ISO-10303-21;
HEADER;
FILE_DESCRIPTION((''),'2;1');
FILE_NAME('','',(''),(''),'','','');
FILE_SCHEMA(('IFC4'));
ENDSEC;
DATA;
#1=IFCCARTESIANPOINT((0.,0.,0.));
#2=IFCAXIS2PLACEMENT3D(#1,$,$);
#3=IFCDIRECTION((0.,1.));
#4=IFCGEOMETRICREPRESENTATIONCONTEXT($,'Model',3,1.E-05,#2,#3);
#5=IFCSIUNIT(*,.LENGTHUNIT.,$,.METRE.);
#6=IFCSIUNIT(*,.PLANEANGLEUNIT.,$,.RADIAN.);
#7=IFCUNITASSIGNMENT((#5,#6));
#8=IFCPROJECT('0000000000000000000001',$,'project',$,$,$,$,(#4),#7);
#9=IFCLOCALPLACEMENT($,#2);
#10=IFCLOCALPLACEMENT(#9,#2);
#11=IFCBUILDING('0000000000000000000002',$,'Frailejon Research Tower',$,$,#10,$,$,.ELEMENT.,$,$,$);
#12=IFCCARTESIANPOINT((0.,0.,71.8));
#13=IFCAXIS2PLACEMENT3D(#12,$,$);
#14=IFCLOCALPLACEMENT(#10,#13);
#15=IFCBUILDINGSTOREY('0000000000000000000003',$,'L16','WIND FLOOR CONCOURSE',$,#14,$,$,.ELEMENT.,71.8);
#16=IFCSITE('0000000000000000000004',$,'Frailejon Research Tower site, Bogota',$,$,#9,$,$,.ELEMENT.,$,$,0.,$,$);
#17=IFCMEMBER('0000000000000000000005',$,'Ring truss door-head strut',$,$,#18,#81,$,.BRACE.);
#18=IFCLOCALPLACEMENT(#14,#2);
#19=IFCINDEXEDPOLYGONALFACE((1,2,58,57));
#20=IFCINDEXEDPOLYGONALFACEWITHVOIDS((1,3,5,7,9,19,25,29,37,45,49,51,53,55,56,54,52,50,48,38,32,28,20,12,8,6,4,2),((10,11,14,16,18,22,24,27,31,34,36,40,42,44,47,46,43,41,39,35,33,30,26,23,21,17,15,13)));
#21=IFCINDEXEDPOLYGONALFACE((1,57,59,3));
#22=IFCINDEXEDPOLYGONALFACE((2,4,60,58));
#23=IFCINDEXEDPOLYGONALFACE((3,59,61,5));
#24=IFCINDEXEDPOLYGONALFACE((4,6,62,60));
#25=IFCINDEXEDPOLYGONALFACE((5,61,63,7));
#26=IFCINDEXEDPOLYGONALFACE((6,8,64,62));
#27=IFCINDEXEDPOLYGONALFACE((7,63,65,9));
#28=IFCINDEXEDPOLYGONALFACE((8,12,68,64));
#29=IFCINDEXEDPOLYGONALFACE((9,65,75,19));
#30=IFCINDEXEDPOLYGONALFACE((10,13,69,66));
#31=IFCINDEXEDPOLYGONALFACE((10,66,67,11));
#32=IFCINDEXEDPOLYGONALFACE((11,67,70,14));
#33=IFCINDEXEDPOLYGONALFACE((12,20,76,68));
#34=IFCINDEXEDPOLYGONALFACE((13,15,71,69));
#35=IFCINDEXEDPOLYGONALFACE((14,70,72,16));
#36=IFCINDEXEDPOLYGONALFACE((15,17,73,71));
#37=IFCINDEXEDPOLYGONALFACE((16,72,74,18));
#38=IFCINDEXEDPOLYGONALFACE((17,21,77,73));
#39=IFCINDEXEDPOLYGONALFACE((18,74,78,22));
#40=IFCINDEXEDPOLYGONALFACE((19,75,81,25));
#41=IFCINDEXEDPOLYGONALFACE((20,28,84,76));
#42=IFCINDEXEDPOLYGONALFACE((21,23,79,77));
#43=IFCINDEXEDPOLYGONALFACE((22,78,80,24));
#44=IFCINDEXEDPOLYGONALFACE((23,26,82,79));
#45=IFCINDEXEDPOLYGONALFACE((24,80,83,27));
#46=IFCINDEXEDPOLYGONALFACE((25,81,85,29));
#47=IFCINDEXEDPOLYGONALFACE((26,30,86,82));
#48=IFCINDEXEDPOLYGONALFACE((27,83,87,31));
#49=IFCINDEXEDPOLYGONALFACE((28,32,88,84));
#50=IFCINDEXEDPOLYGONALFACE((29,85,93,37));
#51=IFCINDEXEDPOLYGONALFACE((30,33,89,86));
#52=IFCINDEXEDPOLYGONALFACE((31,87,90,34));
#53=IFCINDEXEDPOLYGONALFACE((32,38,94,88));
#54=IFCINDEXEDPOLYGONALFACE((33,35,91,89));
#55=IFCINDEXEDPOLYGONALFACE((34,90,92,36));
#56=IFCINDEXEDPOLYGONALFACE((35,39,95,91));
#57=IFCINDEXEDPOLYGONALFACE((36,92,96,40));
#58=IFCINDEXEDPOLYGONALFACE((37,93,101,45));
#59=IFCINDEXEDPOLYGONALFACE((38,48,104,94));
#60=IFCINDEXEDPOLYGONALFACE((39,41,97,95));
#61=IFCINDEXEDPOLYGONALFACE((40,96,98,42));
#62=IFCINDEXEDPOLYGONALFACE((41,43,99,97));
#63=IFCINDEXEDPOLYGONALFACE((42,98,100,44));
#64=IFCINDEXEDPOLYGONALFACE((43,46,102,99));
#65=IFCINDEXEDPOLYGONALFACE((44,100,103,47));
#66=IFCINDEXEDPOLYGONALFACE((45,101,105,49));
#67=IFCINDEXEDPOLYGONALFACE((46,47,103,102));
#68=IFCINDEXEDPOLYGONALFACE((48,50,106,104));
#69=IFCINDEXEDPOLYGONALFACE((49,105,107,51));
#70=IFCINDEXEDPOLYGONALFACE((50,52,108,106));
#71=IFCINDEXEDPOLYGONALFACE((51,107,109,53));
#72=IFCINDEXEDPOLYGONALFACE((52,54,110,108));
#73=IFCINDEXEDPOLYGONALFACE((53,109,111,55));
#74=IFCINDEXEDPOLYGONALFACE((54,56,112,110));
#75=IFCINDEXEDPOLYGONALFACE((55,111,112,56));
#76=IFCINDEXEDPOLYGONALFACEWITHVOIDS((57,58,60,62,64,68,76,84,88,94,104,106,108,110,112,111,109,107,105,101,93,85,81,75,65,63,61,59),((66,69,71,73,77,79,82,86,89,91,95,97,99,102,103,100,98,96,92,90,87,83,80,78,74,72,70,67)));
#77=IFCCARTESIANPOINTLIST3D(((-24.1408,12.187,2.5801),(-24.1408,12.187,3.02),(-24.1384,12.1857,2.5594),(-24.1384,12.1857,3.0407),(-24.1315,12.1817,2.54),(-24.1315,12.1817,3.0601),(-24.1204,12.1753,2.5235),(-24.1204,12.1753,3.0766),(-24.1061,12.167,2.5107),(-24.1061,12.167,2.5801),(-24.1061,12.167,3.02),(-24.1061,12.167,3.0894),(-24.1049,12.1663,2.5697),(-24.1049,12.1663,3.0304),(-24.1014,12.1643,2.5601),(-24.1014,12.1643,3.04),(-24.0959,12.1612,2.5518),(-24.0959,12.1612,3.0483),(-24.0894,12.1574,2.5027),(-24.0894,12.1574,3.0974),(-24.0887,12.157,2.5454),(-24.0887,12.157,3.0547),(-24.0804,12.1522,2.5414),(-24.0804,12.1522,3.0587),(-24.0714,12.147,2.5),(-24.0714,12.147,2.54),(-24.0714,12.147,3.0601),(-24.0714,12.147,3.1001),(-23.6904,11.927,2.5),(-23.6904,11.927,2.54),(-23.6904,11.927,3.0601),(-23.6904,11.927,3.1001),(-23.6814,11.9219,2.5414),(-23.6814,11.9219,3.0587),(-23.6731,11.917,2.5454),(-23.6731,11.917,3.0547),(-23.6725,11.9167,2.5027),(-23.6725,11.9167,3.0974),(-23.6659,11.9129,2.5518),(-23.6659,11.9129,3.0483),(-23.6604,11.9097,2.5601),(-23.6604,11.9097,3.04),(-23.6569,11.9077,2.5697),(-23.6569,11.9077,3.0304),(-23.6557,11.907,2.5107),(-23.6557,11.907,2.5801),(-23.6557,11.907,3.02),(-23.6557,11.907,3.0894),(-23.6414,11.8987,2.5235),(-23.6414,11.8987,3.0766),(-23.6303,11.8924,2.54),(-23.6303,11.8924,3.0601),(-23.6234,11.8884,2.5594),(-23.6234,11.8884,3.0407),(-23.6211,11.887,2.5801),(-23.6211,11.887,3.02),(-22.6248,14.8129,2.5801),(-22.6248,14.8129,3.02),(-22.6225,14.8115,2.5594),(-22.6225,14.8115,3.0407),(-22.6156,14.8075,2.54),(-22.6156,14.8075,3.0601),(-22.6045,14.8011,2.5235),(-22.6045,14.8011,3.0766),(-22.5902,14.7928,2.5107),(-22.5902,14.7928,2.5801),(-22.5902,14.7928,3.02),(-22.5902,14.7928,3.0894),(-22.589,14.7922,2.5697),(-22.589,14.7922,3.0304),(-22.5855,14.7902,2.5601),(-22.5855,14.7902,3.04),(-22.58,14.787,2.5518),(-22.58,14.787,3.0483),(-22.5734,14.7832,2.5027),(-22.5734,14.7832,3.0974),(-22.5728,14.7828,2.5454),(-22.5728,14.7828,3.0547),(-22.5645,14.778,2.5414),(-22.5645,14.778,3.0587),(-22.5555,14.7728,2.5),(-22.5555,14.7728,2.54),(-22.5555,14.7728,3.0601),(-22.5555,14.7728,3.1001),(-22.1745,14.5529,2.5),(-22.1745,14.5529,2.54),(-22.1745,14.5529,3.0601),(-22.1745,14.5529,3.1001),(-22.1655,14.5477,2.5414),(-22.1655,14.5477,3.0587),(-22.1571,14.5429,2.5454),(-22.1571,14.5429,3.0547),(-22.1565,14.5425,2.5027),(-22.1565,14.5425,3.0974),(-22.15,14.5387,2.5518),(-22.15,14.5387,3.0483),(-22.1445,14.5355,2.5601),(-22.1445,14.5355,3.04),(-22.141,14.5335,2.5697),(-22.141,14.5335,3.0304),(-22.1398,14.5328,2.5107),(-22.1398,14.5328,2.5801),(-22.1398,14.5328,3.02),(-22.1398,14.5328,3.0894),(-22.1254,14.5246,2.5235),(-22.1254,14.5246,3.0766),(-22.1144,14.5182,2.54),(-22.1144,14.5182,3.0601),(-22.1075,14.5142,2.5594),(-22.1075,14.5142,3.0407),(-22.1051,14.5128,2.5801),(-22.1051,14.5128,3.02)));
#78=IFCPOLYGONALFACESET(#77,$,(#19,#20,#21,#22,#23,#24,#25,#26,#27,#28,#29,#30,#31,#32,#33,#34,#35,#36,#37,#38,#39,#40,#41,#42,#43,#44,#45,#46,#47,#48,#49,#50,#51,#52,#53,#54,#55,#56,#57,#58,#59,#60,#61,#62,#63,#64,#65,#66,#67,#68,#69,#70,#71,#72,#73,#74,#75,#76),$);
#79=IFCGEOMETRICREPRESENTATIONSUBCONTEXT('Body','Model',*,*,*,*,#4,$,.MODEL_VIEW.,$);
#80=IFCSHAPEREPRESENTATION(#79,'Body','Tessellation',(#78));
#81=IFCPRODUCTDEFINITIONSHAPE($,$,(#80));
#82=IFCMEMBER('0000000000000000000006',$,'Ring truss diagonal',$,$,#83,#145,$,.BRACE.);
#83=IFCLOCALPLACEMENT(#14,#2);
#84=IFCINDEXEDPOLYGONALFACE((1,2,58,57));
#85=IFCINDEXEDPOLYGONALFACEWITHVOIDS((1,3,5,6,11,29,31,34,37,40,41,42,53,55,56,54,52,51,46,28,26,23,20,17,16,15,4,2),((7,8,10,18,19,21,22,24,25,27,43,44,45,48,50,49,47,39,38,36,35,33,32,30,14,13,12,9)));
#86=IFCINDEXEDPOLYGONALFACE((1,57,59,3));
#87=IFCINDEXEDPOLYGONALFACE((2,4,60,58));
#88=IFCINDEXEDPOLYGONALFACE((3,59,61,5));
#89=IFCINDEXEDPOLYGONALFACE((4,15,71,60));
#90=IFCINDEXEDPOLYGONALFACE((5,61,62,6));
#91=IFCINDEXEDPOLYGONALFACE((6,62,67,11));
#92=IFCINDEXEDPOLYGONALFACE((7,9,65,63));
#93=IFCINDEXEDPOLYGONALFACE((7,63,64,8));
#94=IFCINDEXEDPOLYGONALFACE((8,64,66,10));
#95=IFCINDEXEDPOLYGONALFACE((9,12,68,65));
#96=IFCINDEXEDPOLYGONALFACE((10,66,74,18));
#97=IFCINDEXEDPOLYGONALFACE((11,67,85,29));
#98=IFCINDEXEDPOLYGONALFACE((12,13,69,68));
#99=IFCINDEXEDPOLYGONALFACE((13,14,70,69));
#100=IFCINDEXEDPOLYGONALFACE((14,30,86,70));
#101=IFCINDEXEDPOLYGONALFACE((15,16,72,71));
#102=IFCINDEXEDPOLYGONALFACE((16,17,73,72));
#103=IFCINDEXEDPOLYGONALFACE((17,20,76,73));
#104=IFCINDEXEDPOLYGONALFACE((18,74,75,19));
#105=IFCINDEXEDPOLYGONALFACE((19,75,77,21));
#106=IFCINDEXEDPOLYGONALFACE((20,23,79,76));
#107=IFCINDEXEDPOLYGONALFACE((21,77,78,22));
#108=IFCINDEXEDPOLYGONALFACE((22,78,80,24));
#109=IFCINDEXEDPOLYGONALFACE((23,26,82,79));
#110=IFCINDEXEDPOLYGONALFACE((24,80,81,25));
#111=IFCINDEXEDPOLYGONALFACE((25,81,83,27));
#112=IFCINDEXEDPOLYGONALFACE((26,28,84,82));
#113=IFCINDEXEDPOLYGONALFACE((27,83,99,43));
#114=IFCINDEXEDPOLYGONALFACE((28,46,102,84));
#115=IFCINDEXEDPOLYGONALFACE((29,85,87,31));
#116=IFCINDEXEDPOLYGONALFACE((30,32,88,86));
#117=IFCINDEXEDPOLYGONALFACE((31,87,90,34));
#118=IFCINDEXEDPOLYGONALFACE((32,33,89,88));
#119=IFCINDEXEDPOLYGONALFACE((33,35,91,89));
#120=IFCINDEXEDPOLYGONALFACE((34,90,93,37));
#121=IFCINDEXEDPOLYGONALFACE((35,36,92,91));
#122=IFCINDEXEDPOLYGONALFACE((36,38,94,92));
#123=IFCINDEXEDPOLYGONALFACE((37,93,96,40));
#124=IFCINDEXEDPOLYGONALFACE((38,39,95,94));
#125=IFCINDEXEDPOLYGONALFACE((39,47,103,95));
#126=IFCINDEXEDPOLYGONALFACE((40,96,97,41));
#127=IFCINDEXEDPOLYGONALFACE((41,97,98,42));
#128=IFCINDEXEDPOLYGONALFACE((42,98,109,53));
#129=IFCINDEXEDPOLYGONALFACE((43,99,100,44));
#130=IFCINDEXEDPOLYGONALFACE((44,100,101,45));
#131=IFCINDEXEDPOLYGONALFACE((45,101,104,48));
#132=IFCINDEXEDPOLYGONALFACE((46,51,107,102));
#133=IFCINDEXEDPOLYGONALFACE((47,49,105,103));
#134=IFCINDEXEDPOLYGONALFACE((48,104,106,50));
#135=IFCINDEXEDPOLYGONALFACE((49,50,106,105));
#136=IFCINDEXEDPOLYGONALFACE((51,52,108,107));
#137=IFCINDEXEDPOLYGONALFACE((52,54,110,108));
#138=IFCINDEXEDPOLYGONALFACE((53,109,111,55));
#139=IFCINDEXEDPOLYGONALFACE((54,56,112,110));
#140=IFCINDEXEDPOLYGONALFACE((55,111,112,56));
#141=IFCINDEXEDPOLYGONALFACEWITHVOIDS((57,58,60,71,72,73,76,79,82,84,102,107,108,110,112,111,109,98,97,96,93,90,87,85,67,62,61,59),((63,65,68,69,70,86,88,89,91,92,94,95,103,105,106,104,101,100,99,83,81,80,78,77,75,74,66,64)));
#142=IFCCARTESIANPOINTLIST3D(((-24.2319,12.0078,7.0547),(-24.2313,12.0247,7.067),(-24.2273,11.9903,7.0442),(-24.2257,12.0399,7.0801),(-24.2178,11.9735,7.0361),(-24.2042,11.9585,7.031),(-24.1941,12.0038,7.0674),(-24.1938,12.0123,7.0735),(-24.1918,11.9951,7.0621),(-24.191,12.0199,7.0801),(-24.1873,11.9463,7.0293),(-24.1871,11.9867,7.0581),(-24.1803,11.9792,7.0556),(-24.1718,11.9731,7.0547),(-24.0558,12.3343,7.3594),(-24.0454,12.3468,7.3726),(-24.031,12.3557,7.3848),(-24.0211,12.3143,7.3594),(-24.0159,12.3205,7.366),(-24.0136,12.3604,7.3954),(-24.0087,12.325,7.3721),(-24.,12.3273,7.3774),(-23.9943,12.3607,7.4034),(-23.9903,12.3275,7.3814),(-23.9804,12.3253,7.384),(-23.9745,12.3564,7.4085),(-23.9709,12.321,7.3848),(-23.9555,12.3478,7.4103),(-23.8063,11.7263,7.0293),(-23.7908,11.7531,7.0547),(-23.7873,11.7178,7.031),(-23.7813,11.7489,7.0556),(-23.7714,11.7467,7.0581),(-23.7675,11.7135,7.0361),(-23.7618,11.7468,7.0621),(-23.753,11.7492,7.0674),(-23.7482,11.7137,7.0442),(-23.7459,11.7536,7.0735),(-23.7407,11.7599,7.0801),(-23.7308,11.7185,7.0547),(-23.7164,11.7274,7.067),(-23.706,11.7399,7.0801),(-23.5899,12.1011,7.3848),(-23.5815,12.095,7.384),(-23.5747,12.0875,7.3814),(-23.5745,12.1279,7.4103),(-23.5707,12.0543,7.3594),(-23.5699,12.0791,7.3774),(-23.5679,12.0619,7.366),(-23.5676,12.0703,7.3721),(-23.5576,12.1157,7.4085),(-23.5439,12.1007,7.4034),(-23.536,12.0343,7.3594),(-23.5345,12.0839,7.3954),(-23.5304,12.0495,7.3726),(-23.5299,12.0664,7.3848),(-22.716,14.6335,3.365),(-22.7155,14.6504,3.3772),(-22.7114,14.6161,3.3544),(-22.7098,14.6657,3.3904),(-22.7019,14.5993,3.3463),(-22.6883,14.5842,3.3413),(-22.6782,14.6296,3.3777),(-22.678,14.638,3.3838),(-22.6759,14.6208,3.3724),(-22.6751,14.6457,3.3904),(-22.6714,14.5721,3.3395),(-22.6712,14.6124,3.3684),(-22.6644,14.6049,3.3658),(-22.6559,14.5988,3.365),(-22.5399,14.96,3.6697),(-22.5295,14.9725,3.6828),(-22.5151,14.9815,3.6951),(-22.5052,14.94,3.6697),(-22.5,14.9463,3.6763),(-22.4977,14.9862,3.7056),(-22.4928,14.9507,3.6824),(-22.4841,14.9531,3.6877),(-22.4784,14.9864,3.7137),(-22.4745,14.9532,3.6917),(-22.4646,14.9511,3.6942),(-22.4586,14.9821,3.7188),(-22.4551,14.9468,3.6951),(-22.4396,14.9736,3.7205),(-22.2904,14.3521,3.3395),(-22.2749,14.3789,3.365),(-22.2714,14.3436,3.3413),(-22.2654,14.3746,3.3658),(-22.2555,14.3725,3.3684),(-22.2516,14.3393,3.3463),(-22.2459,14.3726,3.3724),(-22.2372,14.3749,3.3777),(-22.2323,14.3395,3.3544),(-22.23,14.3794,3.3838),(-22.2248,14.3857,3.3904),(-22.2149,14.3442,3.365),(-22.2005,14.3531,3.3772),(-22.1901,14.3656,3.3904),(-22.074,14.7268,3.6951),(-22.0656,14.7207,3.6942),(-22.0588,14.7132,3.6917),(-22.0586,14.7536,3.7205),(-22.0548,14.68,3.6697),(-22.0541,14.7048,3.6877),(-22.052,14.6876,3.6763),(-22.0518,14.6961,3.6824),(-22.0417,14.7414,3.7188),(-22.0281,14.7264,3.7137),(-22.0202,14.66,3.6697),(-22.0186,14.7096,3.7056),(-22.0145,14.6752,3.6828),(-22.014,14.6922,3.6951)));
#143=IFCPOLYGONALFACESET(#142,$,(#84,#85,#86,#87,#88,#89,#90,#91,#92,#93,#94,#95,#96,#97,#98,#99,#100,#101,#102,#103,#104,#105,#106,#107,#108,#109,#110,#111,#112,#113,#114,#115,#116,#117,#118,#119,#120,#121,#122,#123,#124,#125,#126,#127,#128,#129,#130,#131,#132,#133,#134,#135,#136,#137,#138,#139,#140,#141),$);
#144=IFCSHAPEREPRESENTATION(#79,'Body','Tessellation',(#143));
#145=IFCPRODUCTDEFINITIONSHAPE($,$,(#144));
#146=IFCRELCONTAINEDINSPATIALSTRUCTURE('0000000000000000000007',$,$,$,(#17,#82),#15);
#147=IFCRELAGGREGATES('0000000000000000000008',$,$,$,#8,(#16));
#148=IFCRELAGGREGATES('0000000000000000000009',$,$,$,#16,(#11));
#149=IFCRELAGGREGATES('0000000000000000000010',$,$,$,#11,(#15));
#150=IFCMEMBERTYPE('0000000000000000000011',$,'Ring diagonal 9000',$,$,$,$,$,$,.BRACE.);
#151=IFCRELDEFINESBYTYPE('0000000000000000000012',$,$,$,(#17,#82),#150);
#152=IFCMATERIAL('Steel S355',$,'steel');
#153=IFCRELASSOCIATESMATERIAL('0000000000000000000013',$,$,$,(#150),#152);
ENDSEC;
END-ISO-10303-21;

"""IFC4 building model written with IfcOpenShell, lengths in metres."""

from ifc_helpers import new_model, si_unit, direction, frame, origin, origin_2d, place, context, subcontext, project, spatial, hollow_rectangle, extrude, material, material_profile, profile_set, type_object, element, save


model = new_model("IFC4")

# Units and contexts
model_context = context("Model", 3, precision=1e-05, world=origin(), true_north=direction((0.0, 1.0)))
body_context = subcontext(model_context, "Body", "Model", "MODEL_VIEW")
ifc_project = project(units=[si_unit("LENGTHUNIT", "METRE"), si_unit("PLANEANGLEUNIT", "RADIAN")], contexts=[model_context])

# Site, building, storey
site_placement = place(None, origin())
site = spatial("IfcSite", under=ifc_project, at=site_placement, Name="Frailejon Research Tower site, Bogota", CompositionType="ELEMENT", RefElevation=0.0)
building_placement = place(site_placement, origin())
building = spatial("IfcBuilding", under=site, at=building_placement, Name="Frailejon Research Tower", CompositionType="ELEMENT")
storey_placement = place(building_placement, frame((0.0, 0.0, 71.8)))
storey = spatial("IfcBuildingStorey", under=building, at=storey_placement, Name="L16", Description="WIND FLOOR CONCOURSE", CompositionType="ELEMENT", Elevation=71.8)

# Members
ifc_material_1 = material(Name="Steel S355", Category="steel")
ifc_material_profile_1 = material_profile(ifc_material_1, hollow_rectangle(XDim=0.6001, YDim=0.6001, WallThickness=0.04, InnerFilletRadius=0.04, OuterFilletRadius=0.0801, at=origin_2d()), Name="Ring diagonal 9000")
ifc_profile_set_1 = profile_set([ifc_material_profile_1], Name="Steel S355")
member_type = type_object("IfcMemberType", Name="Ring diagonal 9000", PredefinedType="BRACE", material=ifc_profile_set_1)
member_1_placement = place(storey_placement, frame((-22.365, 14.6628, 2.8), z_axis=(-0.499976, -0.866039, 0.0), x_axis=(0.866039, -0.499976, 0.0)))
element("IfcMember", 1, at=member_1_placement, inside=storey, type_object=member_type, Name="Ring truss door-head strut", PredefinedType="BRACE", context=body_context, shape_type="SweptSolid", body=[
    extrude(hollow_rectangle(XDim=0.6001, YDim=0.6001, WallThickness=0.04, InnerFilletRadius=0.04, OuterFilletRadius=0.0801, at=origin_2d()), origin(), (0.0, 0.0, 1.0), 3.032),
])
member_2_placement = place(storey_placement, frame((-22.365, 14.6628, 3.53), z_axis=(-0.317421, -0.549824, 0.772617), x_axis=(0.866039, -0.499976, 0.0)))
element("IfcMember", 2, at=member_2_placement, inside=storey, type_object=member_type, Name="Ring truss diagonal", PredefinedType="BRACE", context=body_context, shape_type="SweptSolid", body=[
    extrude(hollow_rectangle(XDim=0.6001, YDim=0.6001, WallThickness=0.04, InnerFilletRadius=0.04, OuterFilletRadius=0.0801, at=origin_2d()), origin(), (0.0, 0.0, 1.0), 4.7756),
])

save(model, "model.ifc")
